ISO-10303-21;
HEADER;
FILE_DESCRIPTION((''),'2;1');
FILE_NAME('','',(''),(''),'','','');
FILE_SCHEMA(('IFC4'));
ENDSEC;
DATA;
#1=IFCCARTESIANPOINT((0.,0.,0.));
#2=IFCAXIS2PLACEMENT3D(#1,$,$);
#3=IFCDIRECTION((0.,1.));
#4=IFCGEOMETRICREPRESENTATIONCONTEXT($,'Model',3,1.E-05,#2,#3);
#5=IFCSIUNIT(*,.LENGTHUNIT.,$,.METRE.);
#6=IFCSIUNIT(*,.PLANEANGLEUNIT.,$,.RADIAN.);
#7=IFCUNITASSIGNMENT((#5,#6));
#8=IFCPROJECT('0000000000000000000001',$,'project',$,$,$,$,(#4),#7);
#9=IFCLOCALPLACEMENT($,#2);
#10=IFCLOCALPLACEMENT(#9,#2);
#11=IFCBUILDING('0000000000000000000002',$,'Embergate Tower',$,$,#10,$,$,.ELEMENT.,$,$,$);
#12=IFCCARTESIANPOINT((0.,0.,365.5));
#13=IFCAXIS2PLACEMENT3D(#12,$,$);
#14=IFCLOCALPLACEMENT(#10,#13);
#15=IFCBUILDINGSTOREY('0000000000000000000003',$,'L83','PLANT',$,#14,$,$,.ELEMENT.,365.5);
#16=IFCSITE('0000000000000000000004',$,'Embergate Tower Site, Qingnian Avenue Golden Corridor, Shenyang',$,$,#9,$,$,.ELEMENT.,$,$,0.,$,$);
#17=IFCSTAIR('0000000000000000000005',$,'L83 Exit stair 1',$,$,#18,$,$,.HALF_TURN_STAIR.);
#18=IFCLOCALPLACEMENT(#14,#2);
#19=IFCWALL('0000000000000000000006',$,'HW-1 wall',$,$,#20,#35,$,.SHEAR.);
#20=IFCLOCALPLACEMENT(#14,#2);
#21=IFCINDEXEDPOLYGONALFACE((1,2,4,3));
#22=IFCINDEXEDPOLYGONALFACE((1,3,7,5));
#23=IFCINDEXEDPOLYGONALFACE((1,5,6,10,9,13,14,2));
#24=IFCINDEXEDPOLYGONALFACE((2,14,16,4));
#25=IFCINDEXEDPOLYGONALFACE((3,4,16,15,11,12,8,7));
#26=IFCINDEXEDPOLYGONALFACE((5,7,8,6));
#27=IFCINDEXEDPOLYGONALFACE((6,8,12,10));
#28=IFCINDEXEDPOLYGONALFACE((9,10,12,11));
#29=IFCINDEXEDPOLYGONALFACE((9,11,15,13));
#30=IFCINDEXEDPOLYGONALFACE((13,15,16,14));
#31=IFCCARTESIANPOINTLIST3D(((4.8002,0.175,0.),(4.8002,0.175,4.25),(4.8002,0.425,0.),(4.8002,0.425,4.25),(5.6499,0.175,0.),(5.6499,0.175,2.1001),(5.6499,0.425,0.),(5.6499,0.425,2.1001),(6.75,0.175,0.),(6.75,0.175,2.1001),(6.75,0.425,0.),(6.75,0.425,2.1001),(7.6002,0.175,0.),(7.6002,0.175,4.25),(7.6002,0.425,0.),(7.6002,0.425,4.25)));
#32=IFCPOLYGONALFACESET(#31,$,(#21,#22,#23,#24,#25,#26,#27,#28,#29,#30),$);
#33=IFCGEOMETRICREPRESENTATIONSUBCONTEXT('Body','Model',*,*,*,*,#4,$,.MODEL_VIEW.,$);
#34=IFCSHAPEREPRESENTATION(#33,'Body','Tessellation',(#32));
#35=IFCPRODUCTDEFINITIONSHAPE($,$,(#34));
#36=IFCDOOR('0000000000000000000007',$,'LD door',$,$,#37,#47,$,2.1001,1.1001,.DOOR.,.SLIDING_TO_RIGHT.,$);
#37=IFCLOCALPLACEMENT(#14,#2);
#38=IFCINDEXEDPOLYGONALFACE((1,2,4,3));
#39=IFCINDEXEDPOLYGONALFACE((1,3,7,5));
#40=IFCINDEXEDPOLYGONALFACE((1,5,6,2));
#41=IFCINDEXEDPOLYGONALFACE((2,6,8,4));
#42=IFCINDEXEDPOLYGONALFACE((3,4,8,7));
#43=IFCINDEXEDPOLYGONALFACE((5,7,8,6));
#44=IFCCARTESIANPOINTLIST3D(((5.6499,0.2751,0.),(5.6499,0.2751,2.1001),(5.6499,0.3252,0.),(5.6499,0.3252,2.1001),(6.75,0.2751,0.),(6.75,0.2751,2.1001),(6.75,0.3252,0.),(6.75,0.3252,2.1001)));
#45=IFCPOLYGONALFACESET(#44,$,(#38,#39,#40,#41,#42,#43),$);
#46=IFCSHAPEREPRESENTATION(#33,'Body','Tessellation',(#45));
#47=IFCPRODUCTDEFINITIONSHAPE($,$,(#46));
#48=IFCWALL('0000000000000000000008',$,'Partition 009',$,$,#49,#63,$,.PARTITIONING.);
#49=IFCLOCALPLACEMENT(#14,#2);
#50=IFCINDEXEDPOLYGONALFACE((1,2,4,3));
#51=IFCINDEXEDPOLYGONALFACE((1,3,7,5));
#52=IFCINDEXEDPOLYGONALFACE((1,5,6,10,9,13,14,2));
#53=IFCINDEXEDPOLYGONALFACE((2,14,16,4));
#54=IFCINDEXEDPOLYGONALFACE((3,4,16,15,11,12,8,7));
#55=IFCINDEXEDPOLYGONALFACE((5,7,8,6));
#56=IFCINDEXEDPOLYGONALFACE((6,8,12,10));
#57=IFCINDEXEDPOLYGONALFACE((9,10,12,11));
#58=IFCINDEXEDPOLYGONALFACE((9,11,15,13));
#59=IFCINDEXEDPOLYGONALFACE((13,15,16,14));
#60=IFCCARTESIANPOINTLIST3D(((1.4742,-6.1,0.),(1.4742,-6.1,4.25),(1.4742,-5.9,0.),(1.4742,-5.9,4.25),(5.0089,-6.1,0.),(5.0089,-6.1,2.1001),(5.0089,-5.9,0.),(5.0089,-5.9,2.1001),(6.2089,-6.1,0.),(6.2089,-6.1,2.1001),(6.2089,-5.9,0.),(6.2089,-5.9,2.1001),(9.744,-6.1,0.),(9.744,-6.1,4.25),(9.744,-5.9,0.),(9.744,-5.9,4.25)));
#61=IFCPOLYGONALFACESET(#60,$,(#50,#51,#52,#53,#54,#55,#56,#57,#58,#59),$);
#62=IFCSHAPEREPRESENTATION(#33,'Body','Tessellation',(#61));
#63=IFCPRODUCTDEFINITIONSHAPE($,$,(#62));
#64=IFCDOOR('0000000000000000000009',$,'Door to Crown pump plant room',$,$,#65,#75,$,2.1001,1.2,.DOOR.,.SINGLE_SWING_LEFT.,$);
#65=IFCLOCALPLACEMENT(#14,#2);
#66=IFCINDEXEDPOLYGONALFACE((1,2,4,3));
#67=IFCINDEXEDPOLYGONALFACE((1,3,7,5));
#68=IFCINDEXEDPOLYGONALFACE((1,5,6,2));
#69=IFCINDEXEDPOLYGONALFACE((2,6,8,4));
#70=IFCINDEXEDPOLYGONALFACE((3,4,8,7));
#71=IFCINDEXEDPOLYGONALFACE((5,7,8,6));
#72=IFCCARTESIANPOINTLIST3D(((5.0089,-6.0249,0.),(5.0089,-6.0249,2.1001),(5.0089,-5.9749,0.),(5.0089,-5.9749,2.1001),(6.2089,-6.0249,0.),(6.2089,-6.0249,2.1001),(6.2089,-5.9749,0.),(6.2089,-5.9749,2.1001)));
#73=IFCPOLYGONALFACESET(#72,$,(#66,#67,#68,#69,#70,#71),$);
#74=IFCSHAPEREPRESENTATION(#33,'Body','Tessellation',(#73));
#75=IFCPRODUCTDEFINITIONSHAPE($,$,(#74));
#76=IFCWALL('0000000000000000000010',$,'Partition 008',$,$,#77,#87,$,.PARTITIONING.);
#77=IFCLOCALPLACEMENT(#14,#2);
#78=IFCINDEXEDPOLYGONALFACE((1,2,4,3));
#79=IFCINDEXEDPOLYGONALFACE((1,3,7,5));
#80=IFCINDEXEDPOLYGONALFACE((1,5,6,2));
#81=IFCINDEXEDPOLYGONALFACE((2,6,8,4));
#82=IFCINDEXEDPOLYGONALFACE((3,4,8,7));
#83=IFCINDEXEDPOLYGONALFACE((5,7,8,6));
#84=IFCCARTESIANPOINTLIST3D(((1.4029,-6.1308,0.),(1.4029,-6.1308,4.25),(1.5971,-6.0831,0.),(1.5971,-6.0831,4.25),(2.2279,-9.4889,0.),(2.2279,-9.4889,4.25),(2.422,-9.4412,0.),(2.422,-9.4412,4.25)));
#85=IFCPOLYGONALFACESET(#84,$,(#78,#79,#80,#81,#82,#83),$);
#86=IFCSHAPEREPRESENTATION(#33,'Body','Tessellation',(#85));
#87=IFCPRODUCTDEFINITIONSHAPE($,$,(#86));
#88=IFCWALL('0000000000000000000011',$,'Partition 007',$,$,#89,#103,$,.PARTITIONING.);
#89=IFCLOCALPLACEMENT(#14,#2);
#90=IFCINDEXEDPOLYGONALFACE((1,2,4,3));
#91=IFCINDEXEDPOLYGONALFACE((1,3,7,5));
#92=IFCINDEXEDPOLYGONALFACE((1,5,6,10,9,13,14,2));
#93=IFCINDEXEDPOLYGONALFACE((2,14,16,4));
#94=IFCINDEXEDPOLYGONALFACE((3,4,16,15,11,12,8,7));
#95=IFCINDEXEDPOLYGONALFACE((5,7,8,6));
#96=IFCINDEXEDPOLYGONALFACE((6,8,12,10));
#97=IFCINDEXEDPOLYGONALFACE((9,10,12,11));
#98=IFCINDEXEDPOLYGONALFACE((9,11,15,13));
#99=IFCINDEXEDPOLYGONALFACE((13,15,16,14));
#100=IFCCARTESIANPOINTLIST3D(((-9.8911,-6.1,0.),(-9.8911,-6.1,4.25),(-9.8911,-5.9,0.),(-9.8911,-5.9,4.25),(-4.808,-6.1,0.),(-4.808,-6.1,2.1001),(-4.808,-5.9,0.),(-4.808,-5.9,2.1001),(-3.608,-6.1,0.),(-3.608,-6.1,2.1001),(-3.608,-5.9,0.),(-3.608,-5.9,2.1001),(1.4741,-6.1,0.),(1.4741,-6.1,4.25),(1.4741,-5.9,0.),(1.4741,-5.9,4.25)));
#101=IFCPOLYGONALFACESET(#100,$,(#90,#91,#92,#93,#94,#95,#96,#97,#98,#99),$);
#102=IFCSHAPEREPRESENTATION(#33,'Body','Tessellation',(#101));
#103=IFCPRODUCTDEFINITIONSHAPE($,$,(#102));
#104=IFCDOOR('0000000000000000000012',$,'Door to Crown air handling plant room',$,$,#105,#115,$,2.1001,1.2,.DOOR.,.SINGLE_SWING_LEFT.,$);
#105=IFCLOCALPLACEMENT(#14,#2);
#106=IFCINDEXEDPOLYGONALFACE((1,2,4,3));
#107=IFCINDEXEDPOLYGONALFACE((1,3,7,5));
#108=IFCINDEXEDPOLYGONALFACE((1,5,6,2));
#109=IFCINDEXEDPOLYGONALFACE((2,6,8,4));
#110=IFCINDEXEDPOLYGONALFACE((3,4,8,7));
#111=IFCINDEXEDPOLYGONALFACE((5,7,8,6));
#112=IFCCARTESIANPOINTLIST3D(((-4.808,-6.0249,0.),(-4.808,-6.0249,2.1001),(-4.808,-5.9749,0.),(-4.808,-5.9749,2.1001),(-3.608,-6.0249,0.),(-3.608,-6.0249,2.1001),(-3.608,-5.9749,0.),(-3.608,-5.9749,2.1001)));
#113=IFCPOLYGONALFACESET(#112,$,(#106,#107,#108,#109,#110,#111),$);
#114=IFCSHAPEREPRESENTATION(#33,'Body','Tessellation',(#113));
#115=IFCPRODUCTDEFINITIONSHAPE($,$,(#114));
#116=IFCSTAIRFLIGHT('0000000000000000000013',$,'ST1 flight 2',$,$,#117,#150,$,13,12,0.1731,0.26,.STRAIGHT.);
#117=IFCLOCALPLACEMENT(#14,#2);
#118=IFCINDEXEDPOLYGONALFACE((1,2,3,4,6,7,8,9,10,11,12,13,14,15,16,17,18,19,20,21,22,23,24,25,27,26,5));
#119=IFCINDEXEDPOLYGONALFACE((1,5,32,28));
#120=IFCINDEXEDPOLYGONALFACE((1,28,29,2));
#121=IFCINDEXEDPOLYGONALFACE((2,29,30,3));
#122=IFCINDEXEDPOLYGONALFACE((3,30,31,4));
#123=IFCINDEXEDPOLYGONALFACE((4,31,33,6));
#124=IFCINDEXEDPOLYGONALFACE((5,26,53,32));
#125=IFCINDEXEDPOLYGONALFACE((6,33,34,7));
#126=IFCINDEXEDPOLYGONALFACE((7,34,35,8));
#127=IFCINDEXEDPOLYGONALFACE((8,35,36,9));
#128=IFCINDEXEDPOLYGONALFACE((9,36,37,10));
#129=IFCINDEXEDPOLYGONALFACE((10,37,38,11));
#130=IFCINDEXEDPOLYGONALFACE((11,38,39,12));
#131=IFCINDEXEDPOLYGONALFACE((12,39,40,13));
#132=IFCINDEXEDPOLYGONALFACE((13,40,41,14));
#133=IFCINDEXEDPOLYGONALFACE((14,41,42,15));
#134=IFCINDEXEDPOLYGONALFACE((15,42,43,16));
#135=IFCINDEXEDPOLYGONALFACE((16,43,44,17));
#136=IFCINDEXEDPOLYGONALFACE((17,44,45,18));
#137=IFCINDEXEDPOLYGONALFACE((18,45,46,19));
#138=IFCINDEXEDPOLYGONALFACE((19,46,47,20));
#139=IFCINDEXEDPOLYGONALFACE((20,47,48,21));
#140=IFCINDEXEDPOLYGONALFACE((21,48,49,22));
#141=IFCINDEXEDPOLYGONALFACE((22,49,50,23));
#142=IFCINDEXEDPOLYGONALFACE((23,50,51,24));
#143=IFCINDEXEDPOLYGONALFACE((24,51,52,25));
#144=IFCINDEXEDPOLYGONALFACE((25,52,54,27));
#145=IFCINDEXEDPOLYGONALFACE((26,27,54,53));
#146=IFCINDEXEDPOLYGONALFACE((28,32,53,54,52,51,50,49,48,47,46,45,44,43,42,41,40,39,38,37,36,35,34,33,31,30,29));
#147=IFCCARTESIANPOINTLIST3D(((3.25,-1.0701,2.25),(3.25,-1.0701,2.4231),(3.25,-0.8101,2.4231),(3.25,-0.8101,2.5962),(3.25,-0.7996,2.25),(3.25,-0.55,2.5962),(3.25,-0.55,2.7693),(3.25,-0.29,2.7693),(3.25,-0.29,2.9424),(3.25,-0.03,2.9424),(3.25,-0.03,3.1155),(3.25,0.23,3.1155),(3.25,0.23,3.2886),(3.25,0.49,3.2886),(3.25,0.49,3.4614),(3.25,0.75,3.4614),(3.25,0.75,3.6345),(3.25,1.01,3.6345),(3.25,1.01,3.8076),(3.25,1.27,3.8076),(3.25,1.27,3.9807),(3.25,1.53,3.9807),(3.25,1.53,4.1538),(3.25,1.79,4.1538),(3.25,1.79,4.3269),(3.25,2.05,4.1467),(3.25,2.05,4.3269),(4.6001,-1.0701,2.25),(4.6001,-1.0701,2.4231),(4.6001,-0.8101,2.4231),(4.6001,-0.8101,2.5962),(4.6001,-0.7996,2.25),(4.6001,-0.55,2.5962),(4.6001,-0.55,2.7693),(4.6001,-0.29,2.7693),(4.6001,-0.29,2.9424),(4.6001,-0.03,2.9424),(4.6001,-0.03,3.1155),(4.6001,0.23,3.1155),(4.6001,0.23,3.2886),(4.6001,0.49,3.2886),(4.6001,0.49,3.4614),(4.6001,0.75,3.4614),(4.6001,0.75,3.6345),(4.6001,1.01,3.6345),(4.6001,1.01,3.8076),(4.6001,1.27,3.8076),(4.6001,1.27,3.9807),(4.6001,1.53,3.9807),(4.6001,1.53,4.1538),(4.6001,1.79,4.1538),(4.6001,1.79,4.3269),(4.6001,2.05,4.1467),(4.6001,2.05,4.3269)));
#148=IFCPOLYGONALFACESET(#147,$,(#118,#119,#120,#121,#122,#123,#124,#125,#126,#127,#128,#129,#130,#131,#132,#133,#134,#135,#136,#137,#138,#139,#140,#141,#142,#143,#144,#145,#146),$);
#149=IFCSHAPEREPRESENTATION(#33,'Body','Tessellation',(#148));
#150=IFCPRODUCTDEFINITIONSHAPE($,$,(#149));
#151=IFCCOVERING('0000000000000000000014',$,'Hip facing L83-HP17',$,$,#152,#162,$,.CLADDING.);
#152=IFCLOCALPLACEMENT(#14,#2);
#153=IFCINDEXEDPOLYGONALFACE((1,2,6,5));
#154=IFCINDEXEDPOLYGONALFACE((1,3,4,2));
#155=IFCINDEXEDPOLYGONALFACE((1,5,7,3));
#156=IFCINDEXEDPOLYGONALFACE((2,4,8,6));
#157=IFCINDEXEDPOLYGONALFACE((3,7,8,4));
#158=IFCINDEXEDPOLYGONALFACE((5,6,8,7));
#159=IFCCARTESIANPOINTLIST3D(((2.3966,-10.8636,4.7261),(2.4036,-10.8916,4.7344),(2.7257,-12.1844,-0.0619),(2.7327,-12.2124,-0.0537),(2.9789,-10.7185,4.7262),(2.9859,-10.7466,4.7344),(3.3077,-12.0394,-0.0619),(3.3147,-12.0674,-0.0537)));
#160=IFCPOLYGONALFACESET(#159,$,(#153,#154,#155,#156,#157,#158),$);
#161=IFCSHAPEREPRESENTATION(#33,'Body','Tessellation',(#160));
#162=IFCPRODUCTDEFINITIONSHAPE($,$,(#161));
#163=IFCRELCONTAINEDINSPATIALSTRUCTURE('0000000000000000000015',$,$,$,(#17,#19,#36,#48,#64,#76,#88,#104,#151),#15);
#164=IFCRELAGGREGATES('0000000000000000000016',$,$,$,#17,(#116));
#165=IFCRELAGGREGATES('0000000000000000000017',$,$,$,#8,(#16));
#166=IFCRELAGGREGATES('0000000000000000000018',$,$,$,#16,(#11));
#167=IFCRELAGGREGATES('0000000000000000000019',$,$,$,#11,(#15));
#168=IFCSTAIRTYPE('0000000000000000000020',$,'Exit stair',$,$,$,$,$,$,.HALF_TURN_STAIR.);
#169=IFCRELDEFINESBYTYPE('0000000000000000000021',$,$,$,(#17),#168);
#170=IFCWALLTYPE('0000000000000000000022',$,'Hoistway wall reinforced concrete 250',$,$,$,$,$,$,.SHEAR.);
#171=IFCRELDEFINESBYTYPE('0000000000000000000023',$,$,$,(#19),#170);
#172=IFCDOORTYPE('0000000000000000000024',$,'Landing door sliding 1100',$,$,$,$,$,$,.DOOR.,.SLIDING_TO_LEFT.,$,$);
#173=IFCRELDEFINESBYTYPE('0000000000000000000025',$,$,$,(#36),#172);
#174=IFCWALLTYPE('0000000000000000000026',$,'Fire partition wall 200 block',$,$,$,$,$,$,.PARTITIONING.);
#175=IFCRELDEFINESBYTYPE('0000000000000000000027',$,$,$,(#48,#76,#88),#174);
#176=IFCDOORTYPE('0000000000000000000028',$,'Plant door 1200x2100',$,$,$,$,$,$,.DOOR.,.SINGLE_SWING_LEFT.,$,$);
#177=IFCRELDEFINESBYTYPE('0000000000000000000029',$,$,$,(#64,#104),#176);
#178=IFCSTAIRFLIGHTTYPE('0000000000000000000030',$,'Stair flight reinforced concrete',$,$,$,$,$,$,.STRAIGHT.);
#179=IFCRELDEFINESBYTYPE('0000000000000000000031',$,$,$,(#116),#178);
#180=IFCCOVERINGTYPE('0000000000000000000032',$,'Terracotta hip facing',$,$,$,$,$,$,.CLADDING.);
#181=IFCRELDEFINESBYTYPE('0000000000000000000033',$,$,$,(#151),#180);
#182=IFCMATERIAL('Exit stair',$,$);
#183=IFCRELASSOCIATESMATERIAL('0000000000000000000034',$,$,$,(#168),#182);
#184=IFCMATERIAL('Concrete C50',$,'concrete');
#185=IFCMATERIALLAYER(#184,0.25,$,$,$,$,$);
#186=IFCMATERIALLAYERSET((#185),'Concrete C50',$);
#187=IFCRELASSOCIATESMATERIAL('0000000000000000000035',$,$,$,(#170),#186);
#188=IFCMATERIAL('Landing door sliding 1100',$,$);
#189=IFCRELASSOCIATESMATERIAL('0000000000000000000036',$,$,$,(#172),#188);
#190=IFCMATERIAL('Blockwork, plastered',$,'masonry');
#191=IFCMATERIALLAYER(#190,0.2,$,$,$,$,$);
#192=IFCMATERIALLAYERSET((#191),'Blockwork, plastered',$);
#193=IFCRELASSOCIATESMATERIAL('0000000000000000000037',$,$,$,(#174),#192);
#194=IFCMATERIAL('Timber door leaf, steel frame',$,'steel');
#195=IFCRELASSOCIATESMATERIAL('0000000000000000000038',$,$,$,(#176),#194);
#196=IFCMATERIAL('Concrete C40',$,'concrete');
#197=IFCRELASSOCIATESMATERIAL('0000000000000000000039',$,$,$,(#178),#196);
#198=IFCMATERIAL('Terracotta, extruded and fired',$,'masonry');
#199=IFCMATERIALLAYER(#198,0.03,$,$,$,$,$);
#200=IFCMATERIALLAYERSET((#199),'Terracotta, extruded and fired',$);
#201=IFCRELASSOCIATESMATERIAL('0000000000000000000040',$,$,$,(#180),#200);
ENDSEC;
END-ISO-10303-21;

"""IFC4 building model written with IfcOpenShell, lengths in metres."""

from ifc_helpers import new_model, si_unit, direction, frame, frame_2d, origin, place, context, subcontext, project, spatial, polyline, rectangle, outline, extrude, source, transform, mapped, material, layer, layer_set, type_object, element, fill, aggregate, save


model = new_model("IFC4")

# Units and contexts
model_context = context("Model", 3, precision=1e-05, world=origin(), true_north=direction((0.0, 1.0)))
body_context = subcontext(model_context, "Body", "Model", "MODEL_VIEW")
ifc_project = project(units=[si_unit("LENGTHUNIT", "METRE"), si_unit("PLANEANGLEUNIT", "RADIAN")], contexts=[model_context])

# Site, building, storey
site_placement = place(None, origin())
site = spatial("IfcSite", under=ifc_project, at=site_placement, Name="Embergate Tower Site, Qingnian Avenue Golden Corridor, Shenyang", CompositionType="ELEMENT", RefElevation=0.0)
building_placement = place(site_placement, origin())
building = spatial("IfcBuilding", under=site, at=building_placement, Name="Embergate Tower", CompositionType="ELEMENT")
storey_placement = place(building_placement, frame((0.0, 0.0, 365.5)))
storey = spatial("IfcBuildingStorey", under=building, at=storey_placement, Name="L83", Description="PLANT", CompositionType="ELEMENT", Elevation=365.5)

# Stair
ifc_material_1 = material(Name="Exit stair")
stair_type = type_object("IfcStairType", Name="Exit stair", PredefinedType="HALF_TURN_STAIR", material=ifc_material_1)
stair_placement = place(storey_placement, origin())
stair = element("IfcStair", 1, at=stair_placement, inside=storey, type_object=stair_type, Name="L83 Exit stair 1", PredefinedType="HALF_TURN_STAIR")
ifc_material_2 = material(Name="Concrete C40", Category="concrete")

# Shared definitions
ifc_material_3 = material(Name="Concrete C50", Category="concrete")

# Walls, openings, doors
shared_shape_1 = source(origin(), body_context, "Body", "SweptSolid", [
    extrude(rectangle(XDim=1.2, YDim=2.1001, at=frame_2d((0.6001, 1.05))), frame((0.0, 0.1099, 0.0), z_axis=(0.0, -1.0, 0.0), x_axis=(1.0, 0.0, 0.0)), (0.0, 0.0, 1.0), 0.22),
])
ifc_layer_1 = layer(ifc_material_3, 0.25)
ifc_layer_set_1 = layer_set([ifc_layer_1], Name="Concrete C50")
wall_type_1 = type_object("IfcWallType", Name="Hoistway wall reinforced concrete 250", PredefinedType="SHEAR", material=ifc_layer_set_1)
shared_shape_2 = source(origin(), body_context, "Body", "SweptSolid", [
    extrude(rectangle(XDim=2.8, YDim=0.25, at=frame_2d((1.3999, 0.0))), origin(), (0.0, 0.0, 1.0), 4.25),
])
wall_1_placement = place(storey_placement, frame((7.6001, 0.3, 0.0), z_axis=(0.0, 0.0, 1.0), x_axis=(-1.0, 0.0, 0.0)))
wall_1 = element("IfcWall", 2, at=wall_1_placement, inside=storey, type_object=wall_type_1, Name="HW-1 wall", PredefinedType="SHEAR", context=body_context, shape_type="MappedRepresentation", body=[
    mapped(shared_shape_2, transform((0.0, 0.0, 0.0))),
])
shared_shape_3 = source(origin(), body_context, "Body", "SweptSolid", [
    extrude(rectangle(XDim=1.1001, YDim=2.1001, at=frame_2d((0.55, 1.05))), frame((0.0, 0.135, 0.0), z_axis=(0.0, -1.0, 0.0), x_axis=(1.0, 0.0, 0.0)), (0.0, 0.0, 1.0), 0.27),
])
opening_1_placement = place(wall_1_placement, frame((0.8501, 0.0, 0.0)))
opening_1 = element("IfcOpeningElement", 3, at=opening_1_placement, cuts=wall_1, PredefinedType="OPENING", context=body_context, shape_type="MappedRepresentation", body=[
    mapped(shared_shape_3, transform((0.0, 0.0, 0.0))),
])
ifc_material_4 = material(Name="Landing door sliding 1100")
door_type_1 = type_object("IfcDoorType", Name="Landing door sliding 1100", OperationType="SLIDING_TO_LEFT", PredefinedType="DOOR", material=ifc_material_4)
shared_shape_4 = source(origin(), body_context, "Body", "SweptSolid", [
    extrude(rectangle(XDim=1.1001, YDim=2.1001, at=frame_2d((0.55, 1.05))), frame((0.0, 0.0249, 0.0), z_axis=(0.0, -1.0, 0.0), x_axis=(1.0, 0.0, 0.0)), (0.0, 0.0, 1.0), 0.05),
])
door_1_placement = place(opening_1_placement, origin())
door_1 = element("IfcDoor", 4, at=door_1_placement, inside=storey, type_object=door_type_1, Name="LD door", OperationType="SLIDING_TO_RIGHT", OverallHeight=2.1001, OverallWidth=1.1001, PredefinedType="DOOR", context=body_context, shape_type="MappedRepresentation", body=[
    mapped(shared_shape_4, transform((0.0, 0.0, 0.0))),
])
fill(opening_1, door_1)
ifc_material_5 = material(Name="Blockwork, plastered", Category="masonry")
ifc_layer_2 = layer(ifc_material_5, 0.2)
ifc_layer_set_2 = layer_set([ifc_layer_2], Name="Blockwork, plastered")
wall_type_2 = type_object("IfcWallType", Name="Fire partition wall 200 block", PredefinedType="PARTITIONING", material=ifc_layer_set_2)
shared_shape_5 = source(origin(), body_context, "Body", "SweptSolid", [
    extrude(rectangle(XDim=8.2698, YDim=0.2, at=frame_2d((4.1348, 0.0))), origin(), (0.0, 0.0, 1.0), 4.25),
])
wall_2_placement = place(storey_placement, frame((9.7439, -6.0, 0.0), z_axis=(0.0, 0.0, 1.0), x_axis=(-1.0, 0.0, 0.0)))
wall_2 = element("IfcWall", 5, at=wall_2_placement, inside=storey, type_object=wall_type_2, Name="Partition 009", PredefinedType="PARTITIONING", context=body_context, shape_type="MappedRepresentation", body=[
    mapped(shared_shape_5, transform((0.0, 0.0, 0.0))),
])
opening_2_placement = place(wall_2_placement, frame((3.5349, 0.0, 0.0)))
opening_2 = element("IfcOpeningElement", 6, at=opening_2_placement, cuts=wall_2, PredefinedType="OPENING", context=body_context, shape_type="MappedRepresentation", body=[
    mapped(shared_shape_1, transform((0.0, 0.0, 0.0))),
])
ifc_material_6 = material(Name="Timber door leaf, steel frame", Category="steel")
door_type_2 = type_object("IfcDoorType", Name="Plant door 1200x2100", OperationType="SINGLE_SWING_LEFT", PredefinedType="DOOR", material=ifc_material_6)
shared_shape_6 = source(origin(), body_context, "Body", "SweptSolid", [
    extrude(rectangle(XDim=1.2, YDim=2.1001, at=frame_2d((0.6001, 1.05))), frame((0.0, 0.0249, 0.0), z_axis=(0.0, -1.0, 0.0), x_axis=(1.0, 0.0, 0.0)), (0.0, 0.0, 1.0), 0.05),
])
door_2_placement = place(opening_2_placement, origin())
door_2 = element("IfcDoor", 7, at=door_2_placement, inside=storey, type_object=door_type_2, Name="Door to Crown pump plant room", OperationType="SINGLE_SWING_LEFT", OverallHeight=2.1001, OverallWidth=1.2, PredefinedType="DOOR", context=body_context, shape_type="MappedRepresentation", body=[
    mapped(shared_shape_6, transform((0.0, 0.0, 0.0))),
])
fill(opening_2, door_2)

# Wall
shared_shape_7 = source(origin(), body_context, "Body", "SweptSolid", [
    extrude(rectangle(XDim=3.458, YDim=0.2, at=frame_2d((1.729, 0.0))), origin(), (0.0, 0.0, 1.0), 4.25),
])
wall_3_placement = place(storey_placement, frame((1.5, -6.1069, 0.0), z_axis=(0.0, 0.0, 1.0), x_axis=(0.238563, -0.971127, 0.0)))
element("IfcWall", 8, at=wall_3_placement, inside=storey, type_object=wall_type_2, Name="Partition 008", PredefinedType="PARTITIONING", context=body_context, shape_type="MappedRepresentation", body=[
    mapped(shared_shape_7, transform((0.0, 0.0, 0.0))),
])

# Wall, opening, door
shared_shape_8 = source(origin(), body_context, "Body", "SweptSolid", [
    extrude(rectangle(XDim=11.3652, YDim=0.2, at=frame_2d((5.6826, 0.0))), origin(), (0.0, 0.0, 1.0), 4.25),
])
wall_4_placement = place(storey_placement, frame((1.4741, -6.0, 0.0), z_axis=(0.0, 0.0, 1.0), x_axis=(-1.0, 0.0, 0.0)))
wall_4 = element("IfcWall", 9, at=wall_4_placement, inside=storey, type_object=wall_type_2, Name="Partition 007", PredefinedType="PARTITIONING", context=body_context, shape_type="MappedRepresentation", body=[
    mapped(shared_shape_8, transform((0.0, 0.0, 0.0))),
])
opening_3_placement = place(wall_4_placement, frame((5.082, 0.0, 0.0)))
opening_3 = element("IfcOpeningElement", 10, at=opening_3_placement, cuts=wall_4, PredefinedType="OPENING", context=body_context, shape_type="MappedRepresentation", body=[
    mapped(shared_shape_1, transform((0.0, 0.0, 0.0))),
])
door_3_placement = place(opening_3_placement, origin())
door_3 = element("IfcDoor", 11, at=door_3_placement, inside=storey, type_object=door_type_2, Name="Door to Crown air handling plant room", OperationType="SINGLE_SWING_LEFT", OverallHeight=2.1001, OverallWidth=1.2, PredefinedType="DOOR", context=body_context, shape_type="MappedRepresentation", body=[
    mapped(shared_shape_6, transform((0.0, 0.0, 0.0))),
])
fill(opening_3, door_3)

# Stair flight
stair_flight_type = type_object("IfcStairFlightType", Name="Stair flight reinforced concrete", PredefinedType="STRAIGHT", material=ifc_material_2)
shared_shape_9 = source(origin(), body_context, "Body", "SweptSolid", [
    extrude(outline(polyline([(0.0, 0.0), (0.0, 0.1731), (0.26, 0.1731), (0.26, 0.3462), (0.52, 0.3462), (0.52, 0.5193), (0.78, 0.5193), (0.78, 0.6924), (1.04, 0.6924), (1.04, 0.8655), (1.3, 0.8655), (1.3, 1.0386), (1.5601, 1.0386), (1.5601, 1.2114), (1.8201, 1.2114), (1.8201, 1.3845), (2.0801, 1.3845), (2.0801, 1.5576), (2.3401, 1.5576), (2.3401, 1.7307), (2.6001, 1.7307), (2.6001, 1.9038), (2.8601, 1.9038), (2.8601, 2.0769), (3.1201, 2.0769), (3.1201, 2.25), (3.1201, 1.8967), (0.2705, 0.0), (0.0, 0.0)])), frame((0.0, 0.675, 0.0), z_axis=(0.0, -1.0, 0.0), x_axis=(1.0, 0.0, 0.0)), (0.0, 0.0, 1.0), 1.3501),
])
stair_flight_placement = place(storey_placement, frame((3.925, -1.0701, 2.25), z_axis=(0.0, 0.0, 1.0), x_axis=(0.0, 1.0, 0.0)))
stair_flight = element("IfcStairFlight", 12, at=stair_flight_placement, type_object=stair_flight_type, Name="ST1 flight 2", NumberOfRisers=13, NumberOfTreads=12, PredefinedType="STRAIGHT", RiserHeight=0.1731, TreadLength=0.26, context=body_context, shape_type="MappedRepresentation", body=[
    mapped(shared_shape_9, transform((0.0, 0.0, 0.0))),
])
aggregate(stair, [stair_flight])

# Covering
ifc_material_7 = material(Name="Terracotta, extruded and fired", Category="masonry")
ifc_layer_3 = layer(ifc_material_7, 0.03)
ifc_layer_set_3 = layer_set([ifc_layer_3], Name="Terracotta, extruded and fired")
covering_type = type_object("IfcCoveringType", Name="Terracotta hip facing", PredefinedType="CLADDING", material=ifc_layer_set_3)
shared_shape_10 = source(origin(), body_context, "Body", "SweptSolid", [
    extrude(outline(polyline([(0.0, 0.0), (4.9778, 0.0), (4.9778, -0.6001), (0.0, -0.5999), (0.0, 0.0)])), origin(), (0.0, 0.0, -1.0), 0.03),
])
covering_1_placement = place(storey_placement, frame((2.7327, -12.2124, -0.0537), z_axis=(0.232509, -0.933363, 0.273445), x_axis=(-0.066112, 0.265332, 0.961888)))
element("IfcCovering", 13, at=covering_1_placement, inside=storey, type_object=covering_type, Name="Hip facing L83-HP17", PredefinedType="CLADDING", context=body_context, shape_type="MappedRepresentation", body=[
    mapped(shared_shape_10, transform((0.0, 0.0, 0.0))),
])

save(model, "model.ifc")
